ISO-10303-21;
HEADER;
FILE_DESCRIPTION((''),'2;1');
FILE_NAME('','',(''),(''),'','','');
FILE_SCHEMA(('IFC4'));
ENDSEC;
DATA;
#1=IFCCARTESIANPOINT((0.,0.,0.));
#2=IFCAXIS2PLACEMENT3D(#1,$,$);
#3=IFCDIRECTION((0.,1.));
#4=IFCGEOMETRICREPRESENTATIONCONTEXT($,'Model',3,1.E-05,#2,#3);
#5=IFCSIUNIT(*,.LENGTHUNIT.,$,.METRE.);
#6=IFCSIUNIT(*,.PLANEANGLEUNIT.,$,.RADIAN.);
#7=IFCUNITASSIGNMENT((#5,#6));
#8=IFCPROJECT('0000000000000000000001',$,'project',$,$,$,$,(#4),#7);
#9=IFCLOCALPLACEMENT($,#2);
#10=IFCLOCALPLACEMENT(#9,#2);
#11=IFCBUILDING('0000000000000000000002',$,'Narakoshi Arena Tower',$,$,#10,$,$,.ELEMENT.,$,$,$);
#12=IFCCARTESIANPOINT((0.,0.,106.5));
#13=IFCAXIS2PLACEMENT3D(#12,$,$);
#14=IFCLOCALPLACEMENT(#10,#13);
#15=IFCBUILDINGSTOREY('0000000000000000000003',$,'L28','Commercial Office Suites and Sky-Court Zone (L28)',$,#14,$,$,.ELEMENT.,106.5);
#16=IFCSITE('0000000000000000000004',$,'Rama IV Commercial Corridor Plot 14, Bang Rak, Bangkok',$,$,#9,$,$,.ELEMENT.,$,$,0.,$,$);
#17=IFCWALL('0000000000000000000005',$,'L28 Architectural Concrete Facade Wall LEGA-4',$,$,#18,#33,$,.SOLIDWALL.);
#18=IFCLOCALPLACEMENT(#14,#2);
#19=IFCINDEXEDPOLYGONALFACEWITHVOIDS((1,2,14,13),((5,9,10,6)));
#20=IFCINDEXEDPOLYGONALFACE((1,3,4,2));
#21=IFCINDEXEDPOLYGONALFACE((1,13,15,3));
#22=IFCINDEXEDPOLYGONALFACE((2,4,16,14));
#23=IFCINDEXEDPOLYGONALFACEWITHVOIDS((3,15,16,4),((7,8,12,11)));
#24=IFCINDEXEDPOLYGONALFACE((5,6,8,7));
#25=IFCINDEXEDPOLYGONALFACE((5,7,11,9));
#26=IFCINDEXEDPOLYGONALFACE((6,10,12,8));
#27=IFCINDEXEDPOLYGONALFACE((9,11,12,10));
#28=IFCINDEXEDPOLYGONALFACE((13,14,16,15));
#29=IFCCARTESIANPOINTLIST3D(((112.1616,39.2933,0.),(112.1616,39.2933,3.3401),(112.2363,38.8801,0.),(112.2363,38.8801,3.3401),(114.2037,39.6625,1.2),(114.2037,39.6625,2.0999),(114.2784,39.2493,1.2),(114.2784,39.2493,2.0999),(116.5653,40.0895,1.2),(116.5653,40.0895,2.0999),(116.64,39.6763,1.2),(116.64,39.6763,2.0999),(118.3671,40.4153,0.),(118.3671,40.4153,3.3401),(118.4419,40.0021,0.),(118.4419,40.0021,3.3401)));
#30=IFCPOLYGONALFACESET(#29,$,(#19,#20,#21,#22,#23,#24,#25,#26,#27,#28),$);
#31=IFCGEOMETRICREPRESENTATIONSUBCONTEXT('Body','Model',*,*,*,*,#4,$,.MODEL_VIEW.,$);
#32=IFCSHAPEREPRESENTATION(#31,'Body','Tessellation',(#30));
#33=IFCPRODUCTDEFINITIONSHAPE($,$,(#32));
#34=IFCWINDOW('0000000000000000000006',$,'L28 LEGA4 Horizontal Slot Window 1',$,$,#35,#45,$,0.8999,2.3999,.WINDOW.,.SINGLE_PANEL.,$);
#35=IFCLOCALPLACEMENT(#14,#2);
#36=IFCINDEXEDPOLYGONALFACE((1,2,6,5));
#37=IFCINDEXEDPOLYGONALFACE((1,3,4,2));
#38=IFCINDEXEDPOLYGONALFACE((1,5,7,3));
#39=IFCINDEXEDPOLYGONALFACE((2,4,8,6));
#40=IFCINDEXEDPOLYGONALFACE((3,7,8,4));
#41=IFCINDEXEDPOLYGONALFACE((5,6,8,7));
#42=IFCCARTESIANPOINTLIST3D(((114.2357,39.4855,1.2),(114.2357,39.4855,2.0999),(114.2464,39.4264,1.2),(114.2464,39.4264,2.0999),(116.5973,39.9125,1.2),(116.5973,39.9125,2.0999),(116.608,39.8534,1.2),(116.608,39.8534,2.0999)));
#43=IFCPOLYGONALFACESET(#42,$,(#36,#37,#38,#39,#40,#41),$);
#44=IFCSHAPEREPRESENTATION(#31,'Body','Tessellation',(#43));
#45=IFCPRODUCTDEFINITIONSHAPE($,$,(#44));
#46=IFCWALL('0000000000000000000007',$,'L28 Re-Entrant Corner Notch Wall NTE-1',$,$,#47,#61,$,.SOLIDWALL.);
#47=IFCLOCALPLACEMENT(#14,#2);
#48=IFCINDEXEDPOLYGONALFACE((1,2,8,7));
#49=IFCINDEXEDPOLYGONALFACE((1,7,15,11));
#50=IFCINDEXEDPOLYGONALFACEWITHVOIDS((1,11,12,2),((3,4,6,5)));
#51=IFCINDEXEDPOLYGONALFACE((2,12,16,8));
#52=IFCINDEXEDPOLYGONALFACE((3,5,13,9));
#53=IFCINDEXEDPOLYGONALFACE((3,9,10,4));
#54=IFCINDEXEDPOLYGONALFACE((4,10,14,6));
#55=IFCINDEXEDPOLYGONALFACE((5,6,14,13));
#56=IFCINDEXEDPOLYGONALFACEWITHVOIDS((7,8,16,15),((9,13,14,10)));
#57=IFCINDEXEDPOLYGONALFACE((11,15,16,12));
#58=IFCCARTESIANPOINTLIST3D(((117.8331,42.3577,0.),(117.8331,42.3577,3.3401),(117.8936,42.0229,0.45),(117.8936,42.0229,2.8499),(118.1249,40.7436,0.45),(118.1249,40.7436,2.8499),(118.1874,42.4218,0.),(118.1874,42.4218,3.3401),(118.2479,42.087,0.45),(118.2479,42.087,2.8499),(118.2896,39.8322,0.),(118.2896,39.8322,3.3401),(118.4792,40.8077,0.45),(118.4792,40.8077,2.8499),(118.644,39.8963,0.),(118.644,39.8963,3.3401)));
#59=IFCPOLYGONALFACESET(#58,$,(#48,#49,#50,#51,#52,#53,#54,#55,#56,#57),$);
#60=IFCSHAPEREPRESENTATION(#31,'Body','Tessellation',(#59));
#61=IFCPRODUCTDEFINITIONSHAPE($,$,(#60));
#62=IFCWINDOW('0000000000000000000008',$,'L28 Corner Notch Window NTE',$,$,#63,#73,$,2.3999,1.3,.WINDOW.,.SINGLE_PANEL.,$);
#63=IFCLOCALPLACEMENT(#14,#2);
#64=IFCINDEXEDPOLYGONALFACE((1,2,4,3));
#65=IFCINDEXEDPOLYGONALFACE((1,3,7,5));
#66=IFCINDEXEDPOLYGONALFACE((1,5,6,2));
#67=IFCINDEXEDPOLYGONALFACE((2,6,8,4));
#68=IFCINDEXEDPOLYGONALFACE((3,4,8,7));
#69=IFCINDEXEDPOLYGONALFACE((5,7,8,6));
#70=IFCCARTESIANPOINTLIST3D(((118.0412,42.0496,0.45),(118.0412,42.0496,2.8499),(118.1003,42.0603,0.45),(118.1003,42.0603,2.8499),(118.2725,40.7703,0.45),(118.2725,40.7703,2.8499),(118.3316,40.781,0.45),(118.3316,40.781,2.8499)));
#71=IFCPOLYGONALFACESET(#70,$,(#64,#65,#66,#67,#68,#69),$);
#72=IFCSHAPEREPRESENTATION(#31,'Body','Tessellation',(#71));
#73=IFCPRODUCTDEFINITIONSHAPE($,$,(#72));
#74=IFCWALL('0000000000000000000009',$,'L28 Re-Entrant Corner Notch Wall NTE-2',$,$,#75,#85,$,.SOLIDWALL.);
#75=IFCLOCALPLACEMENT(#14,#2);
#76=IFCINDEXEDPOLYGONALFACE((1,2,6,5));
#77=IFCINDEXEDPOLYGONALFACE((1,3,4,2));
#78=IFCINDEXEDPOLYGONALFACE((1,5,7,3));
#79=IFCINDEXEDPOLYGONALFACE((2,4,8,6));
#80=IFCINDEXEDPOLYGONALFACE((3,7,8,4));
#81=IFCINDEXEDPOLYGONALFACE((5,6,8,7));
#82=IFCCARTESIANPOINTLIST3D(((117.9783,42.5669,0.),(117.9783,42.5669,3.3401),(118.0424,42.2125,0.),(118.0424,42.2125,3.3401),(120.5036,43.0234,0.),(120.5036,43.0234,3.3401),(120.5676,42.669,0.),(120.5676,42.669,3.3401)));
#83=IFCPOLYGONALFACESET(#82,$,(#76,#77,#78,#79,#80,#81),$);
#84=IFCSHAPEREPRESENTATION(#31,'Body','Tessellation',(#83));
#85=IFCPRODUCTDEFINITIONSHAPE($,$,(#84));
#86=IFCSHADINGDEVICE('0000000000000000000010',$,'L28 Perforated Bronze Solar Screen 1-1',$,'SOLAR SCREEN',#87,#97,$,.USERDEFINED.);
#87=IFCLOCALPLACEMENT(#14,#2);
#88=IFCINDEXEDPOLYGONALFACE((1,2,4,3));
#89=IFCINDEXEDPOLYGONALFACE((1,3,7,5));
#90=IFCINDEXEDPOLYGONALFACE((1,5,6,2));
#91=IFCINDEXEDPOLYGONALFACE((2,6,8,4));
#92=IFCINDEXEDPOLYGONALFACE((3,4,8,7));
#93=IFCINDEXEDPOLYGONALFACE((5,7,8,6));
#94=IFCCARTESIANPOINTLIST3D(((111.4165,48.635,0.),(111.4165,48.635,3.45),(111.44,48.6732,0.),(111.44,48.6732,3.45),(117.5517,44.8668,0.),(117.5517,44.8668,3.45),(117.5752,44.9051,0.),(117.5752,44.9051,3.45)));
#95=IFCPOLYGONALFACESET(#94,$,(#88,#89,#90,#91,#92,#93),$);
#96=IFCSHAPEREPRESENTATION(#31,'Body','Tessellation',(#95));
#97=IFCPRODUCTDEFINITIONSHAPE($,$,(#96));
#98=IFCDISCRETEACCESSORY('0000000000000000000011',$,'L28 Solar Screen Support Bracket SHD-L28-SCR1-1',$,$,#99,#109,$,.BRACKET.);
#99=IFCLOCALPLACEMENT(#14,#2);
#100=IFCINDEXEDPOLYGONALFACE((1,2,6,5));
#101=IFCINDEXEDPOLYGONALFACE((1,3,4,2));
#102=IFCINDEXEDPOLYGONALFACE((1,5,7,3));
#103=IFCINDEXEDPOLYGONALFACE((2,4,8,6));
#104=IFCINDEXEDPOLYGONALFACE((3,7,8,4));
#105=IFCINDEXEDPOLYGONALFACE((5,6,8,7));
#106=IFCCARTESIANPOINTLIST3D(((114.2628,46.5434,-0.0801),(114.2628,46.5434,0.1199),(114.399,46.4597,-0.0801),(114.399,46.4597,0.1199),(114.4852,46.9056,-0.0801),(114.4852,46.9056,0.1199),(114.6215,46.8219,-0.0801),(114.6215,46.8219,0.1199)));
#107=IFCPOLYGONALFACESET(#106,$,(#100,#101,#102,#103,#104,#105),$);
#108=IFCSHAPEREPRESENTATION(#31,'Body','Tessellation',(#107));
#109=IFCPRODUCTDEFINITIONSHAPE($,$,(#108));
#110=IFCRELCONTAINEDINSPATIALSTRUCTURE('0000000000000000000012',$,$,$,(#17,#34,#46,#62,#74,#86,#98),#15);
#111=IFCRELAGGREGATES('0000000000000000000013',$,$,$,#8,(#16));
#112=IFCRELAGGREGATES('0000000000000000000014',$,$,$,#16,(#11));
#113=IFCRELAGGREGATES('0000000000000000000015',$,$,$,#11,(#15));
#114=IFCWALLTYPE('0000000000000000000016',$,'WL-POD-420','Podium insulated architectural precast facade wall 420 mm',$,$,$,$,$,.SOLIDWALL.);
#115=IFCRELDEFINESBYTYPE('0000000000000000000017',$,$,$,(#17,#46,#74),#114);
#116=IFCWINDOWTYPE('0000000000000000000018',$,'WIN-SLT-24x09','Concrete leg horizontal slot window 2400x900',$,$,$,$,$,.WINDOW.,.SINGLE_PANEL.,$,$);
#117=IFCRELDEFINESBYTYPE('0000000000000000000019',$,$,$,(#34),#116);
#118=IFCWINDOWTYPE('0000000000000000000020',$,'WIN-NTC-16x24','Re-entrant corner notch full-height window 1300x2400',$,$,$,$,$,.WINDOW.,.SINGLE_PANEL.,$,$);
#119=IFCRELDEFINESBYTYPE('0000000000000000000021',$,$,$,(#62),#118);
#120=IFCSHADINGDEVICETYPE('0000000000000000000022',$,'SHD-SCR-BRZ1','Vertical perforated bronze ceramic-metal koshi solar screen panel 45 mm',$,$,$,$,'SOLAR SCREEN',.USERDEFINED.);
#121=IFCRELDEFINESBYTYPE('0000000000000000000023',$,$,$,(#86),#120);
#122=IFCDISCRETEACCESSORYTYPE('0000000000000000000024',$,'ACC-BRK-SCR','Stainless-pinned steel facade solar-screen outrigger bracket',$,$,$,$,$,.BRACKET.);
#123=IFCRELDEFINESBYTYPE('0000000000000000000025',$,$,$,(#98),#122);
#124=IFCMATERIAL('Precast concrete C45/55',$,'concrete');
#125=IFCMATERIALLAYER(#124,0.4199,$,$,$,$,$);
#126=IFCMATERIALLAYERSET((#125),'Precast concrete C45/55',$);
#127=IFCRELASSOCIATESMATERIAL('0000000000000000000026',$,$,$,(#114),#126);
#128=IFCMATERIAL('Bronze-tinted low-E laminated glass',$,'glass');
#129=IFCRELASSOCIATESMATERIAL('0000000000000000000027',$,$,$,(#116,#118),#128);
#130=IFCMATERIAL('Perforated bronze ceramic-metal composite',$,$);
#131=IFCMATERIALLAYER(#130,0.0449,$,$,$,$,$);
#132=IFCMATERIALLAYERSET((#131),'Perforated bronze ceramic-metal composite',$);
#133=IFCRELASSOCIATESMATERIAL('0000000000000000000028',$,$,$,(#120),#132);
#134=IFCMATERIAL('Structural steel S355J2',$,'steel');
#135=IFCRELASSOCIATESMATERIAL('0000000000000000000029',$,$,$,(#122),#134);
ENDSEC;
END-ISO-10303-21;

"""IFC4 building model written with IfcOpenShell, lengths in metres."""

from ifc_helpers import new_model, si_unit, direction, frame, frame_2d, origin, origin_2d, place, context, subcontext, project, spatial, rectangle, extrude, material, layer, layer_set, type_object, element, fill, save


model = new_model("IFC4")

# Units and contexts
model_context = context("Model", 3, precision=1e-05, world=origin(), true_north=direction((0.0, 1.0)))
body_context = subcontext(model_context, "Body", "Model", "MODEL_VIEW")
ifc_project = project(units=[si_unit("LENGTHUNIT", "METRE"), si_unit("PLANEANGLEUNIT", "RADIAN")], contexts=[model_context])

# Site, building, storey
site_placement = place(None, origin())
site = spatial("IfcSite", under=ifc_project, at=site_placement, Name="Rama IV Commercial Corridor Plot 14, Bang Rak, Bangkok", CompositionType="ELEMENT", RefElevation=0.0)
building_placement = place(site_placement, origin())
building = spatial("IfcBuilding", under=site, at=building_placement, Name="Narakoshi Arena Tower", CompositionType="ELEMENT")
storey_placement = place(building_placement, frame((0.0, 0.0, 106.5)))
storey = spatial("IfcBuildingStorey", under=building, at=storey_placement, Name="L28", Description="Commercial Office Suites and Sky-Court Zone (L28)", CompositionType="ELEMENT", Elevation=106.5)

# Shared definitions
ifc_material_1 = material(Name="Structural steel S355J2", Category="steel")

# Shared definitions
ifc_material_2 = material(Name="Bronze-tinted low-E laminated glass", Category="glass")

# Shared definitions
ifc_material_3 = material(Name="Precast concrete C45/55", Category="concrete")

# Walls, openings, windows
ifc_layer_1 = layer(ifc_material_3, 0.4199)
ifc_layer_set_1 = layer_set([ifc_layer_1], Name="Precast concrete C45/55")
wall_type_1 = type_object("IfcWallType", Name="WL-POD-420", Description="Podium insulated architectural precast facade wall 420 mm", PredefinedType="SOLIDWALL", material=ifc_layer_set_1)
wall_1_placement = place(storey_placement, frame((112.199, 39.0867, 0.0), z_axis=(0.0, 0.0, 1.0), x_axis=(0.984043, 0.177931, 0.0)))
wall_1 = element("IfcWall", 1, at=wall_1_placement, inside=storey, type_object=wall_type_1, Name="L28 Architectural Concrete Facade Wall LEGA-4", PredefinedType="SOLIDWALL", context=body_context, shape_type="SweptSolid", body=[
    extrude(rectangle(XDim=6.3062, YDim=0.4199, at=frame_2d((3.1531, 0.0))), origin(), (0.0, 0.0, 1.0), 3.3401),
])
opening_1_placement = place(wall_1_placement, frame((2.0752, 0.0, 1.2)))
opening_1 = element("IfcOpeningElement", 2, at=opening_1_placement, cuts=wall_1, PredefinedType="OPENING", context=body_context, shape_type="SweptSolid", body=[
    extrude(rectangle(XDim=2.3999, YDim=0.8999, at=frame_2d((1.2, 0.45))), frame((0.0, 0.22, 0.0), z_axis=(0.0, -1.0, 0.0), x_axis=(1.0, 0.0, 0.0)), (0.0, 0.0, 1.0), 0.4399),
])
window_type_1 = type_object("IfcWindowType", Name="WIN-SLT-24x09", Description="Concrete leg horizontal slot window 2400x900", PartitioningType="SINGLE_PANEL", PredefinedType="WINDOW", material=ifc_material_2)
window_1_placement = place(opening_1_placement, origin())
window_1 = element("IfcWindow", 3, at=window_1_placement, inside=storey, type_object=window_type_1, Name="L28 LEGA4 Horizontal Slot Window 1", OverallHeight=0.8999, OverallWidth=2.3999, PartitioningType="SINGLE_PANEL", PredefinedType="WINDOW", context=body_context, shape_type="SweptSolid", body=[
    extrude(rectangle(XDim=2.3999, YDim=0.8999, at=frame_2d((1.2, 0.45))), frame((0.0, 0.03, 0.0), z_axis=(0.0, -1.0, 0.0), x_axis=(1.0, 0.0, 0.0)), (0.0, 0.0, 1.0), 0.0601),
])
fill(opening_1, window_1)
wall_2_placement = place(storey_placement, frame((118.4668, 39.8643, 0.0), z_axis=(0.0, 0.0, 1.0), x_axis=(-0.177897, 0.984049, 0.0)))
wall_2 = element("IfcWall", 4, at=wall_2_placement, inside=storey, type_object=wall_type_1, Name="L28 Re-Entrant Corner Notch Wall NTE-1", PredefinedType="SOLIDWALL", context=body_context, shape_type="SweptSolid", body=[
    extrude(rectangle(XDim=2.5664, YDim=0.3601, at=frame_2d((1.2832, 0.0))), origin(), (0.0, 0.0, 1.0), 3.3401),
])
opening_2_placement = place(wall_2_placement, frame((0.9263, 0.0, 0.45)))
opening_2 = element("IfcOpeningElement", 5, at=opening_2_placement, cuts=wall_2, PredefinedType="OPENING", context=body_context, shape_type="SweptSolid", body=[
    extrude(rectangle(XDim=1.3, YDim=2.3999, at=frame_2d((0.6499, 1.2))), frame((0.0, 0.1899, 0.0), z_axis=(0.0, -1.0, 0.0), x_axis=(1.0, 0.0, 0.0)), (0.0, 0.0, 1.0), 0.3801),
])
window_type_2 = type_object("IfcWindowType", Name="WIN-NTC-16x24", Description="Re-entrant corner notch full-height window 1300x2400", PartitioningType="SINGLE_PANEL", PredefinedType="WINDOW", material=ifc_material_2)
window_2_placement = place(opening_2_placement, origin())
window_2 = element("IfcWindow", 6, at=window_2_placement, inside=storey, type_object=window_type_2, Name="L28 Corner Notch Window NTE", OverallHeight=2.3999, OverallWidth=1.3, PartitioningType="SINGLE_PANEL", PredefinedType="WINDOW", context=body_context, shape_type="SweptSolid", body=[
    extrude(rectangle(XDim=1.3, YDim=2.3999, at=frame_2d((0.6499, 1.2))), frame((0.0, 0.03, 0.0), z_axis=(0.0, -1.0, 0.0), x_axis=(1.0, 0.0, 0.0)), (0.0, 0.0, 1.0), 0.0601),
])
fill(opening_2, window_2)

# Wall
wall_3_placement = place(storey_placement, frame((118.0103, 42.3896, 0.0), z_axis=(0.0, 0.0, 1.0), x_axis=(0.984046, 0.177914, 0.0)))
element("IfcWall", 7, at=wall_3_placement, inside=storey, type_object=wall_type_1, Name="L28 Re-Entrant Corner Notch Wall NTE-2", PredefinedType="SOLIDWALL", context=body_context, shape_type="SweptSolid", body=[
    extrude(rectangle(XDim=2.5662, YDim=0.3601, at=frame_2d((1.2832, 0.0))), origin(), (0.0, 0.0, 1.0), 3.3401),
])

# Shading device
ifc_material_4 = material(Name="Perforated bronze ceramic-metal composite")
ifc_layer_2 = layer(ifc_material_4, 0.0449)
ifc_layer_set_2 = layer_set([ifc_layer_2], Name="Perforated bronze ceramic-metal composite")
shading_device_type = type_object("IfcShadingDeviceType", Name="SHD-SCR-BRZ1", Description="Vertical perforated bronze ceramic-metal koshi solar screen panel 45 mm", ElementType="SOLAR SCREEN", PredefinedType="USERDEFINED", material=ifc_layer_set_2)
shading_device_placement = place(storey_placement, frame((114.4958, 46.77, 0.0), z_axis=(0.0, 0.0, 1.0), x_axis=(-0.852111, 0.523361, 0.0)))
element("IfcShadingDevice", 8, at=shading_device_placement, inside=storey, type_object=shading_device_type, Name="L28 Perforated Bronze Solar Screen 1-1", ObjectType="SOLAR SCREEN", PredefinedType="USERDEFINED", context=body_context, shape_type="SweptSolid", body=[
    extrude(rectangle(XDim=7.2, YDim=0.0449, at=origin_2d()), origin(), (0.0, 0.0, 1.0), 3.45),
])

# Discrete accessory
discrete_accessory_type = type_object("IfcDiscreteAccessoryType", Name="ACC-BRK-SCR", Description="Stainless-pinned steel facade solar-screen outrigger bracket", PredefinedType="BRACKET", material=ifc_material_1)
discrete_accessory_placement = place(storey_placement, frame((114.4421, 46.6826, -0.0801), z_axis=(0.0, 0.0, 1.0), x_axis=(-0.852111, 0.523361, 0.0)))
element("IfcDiscreteAccessory", 9, at=discrete_accessory_placement, inside=storey, type_object=discrete_accessory_type, Name="L28 Solar Screen Support Bracket SHD-L28-SCR1-1", PredefinedType="BRACKET", context=body_context, shape_type="SweptSolid", body=[
    extrude(rectangle(XDim=0.1599, YDim=0.425, at=origin_2d()), origin(), (0.0, 0.0, 1.0), 0.2),
])

save(model, "model.ifc")
